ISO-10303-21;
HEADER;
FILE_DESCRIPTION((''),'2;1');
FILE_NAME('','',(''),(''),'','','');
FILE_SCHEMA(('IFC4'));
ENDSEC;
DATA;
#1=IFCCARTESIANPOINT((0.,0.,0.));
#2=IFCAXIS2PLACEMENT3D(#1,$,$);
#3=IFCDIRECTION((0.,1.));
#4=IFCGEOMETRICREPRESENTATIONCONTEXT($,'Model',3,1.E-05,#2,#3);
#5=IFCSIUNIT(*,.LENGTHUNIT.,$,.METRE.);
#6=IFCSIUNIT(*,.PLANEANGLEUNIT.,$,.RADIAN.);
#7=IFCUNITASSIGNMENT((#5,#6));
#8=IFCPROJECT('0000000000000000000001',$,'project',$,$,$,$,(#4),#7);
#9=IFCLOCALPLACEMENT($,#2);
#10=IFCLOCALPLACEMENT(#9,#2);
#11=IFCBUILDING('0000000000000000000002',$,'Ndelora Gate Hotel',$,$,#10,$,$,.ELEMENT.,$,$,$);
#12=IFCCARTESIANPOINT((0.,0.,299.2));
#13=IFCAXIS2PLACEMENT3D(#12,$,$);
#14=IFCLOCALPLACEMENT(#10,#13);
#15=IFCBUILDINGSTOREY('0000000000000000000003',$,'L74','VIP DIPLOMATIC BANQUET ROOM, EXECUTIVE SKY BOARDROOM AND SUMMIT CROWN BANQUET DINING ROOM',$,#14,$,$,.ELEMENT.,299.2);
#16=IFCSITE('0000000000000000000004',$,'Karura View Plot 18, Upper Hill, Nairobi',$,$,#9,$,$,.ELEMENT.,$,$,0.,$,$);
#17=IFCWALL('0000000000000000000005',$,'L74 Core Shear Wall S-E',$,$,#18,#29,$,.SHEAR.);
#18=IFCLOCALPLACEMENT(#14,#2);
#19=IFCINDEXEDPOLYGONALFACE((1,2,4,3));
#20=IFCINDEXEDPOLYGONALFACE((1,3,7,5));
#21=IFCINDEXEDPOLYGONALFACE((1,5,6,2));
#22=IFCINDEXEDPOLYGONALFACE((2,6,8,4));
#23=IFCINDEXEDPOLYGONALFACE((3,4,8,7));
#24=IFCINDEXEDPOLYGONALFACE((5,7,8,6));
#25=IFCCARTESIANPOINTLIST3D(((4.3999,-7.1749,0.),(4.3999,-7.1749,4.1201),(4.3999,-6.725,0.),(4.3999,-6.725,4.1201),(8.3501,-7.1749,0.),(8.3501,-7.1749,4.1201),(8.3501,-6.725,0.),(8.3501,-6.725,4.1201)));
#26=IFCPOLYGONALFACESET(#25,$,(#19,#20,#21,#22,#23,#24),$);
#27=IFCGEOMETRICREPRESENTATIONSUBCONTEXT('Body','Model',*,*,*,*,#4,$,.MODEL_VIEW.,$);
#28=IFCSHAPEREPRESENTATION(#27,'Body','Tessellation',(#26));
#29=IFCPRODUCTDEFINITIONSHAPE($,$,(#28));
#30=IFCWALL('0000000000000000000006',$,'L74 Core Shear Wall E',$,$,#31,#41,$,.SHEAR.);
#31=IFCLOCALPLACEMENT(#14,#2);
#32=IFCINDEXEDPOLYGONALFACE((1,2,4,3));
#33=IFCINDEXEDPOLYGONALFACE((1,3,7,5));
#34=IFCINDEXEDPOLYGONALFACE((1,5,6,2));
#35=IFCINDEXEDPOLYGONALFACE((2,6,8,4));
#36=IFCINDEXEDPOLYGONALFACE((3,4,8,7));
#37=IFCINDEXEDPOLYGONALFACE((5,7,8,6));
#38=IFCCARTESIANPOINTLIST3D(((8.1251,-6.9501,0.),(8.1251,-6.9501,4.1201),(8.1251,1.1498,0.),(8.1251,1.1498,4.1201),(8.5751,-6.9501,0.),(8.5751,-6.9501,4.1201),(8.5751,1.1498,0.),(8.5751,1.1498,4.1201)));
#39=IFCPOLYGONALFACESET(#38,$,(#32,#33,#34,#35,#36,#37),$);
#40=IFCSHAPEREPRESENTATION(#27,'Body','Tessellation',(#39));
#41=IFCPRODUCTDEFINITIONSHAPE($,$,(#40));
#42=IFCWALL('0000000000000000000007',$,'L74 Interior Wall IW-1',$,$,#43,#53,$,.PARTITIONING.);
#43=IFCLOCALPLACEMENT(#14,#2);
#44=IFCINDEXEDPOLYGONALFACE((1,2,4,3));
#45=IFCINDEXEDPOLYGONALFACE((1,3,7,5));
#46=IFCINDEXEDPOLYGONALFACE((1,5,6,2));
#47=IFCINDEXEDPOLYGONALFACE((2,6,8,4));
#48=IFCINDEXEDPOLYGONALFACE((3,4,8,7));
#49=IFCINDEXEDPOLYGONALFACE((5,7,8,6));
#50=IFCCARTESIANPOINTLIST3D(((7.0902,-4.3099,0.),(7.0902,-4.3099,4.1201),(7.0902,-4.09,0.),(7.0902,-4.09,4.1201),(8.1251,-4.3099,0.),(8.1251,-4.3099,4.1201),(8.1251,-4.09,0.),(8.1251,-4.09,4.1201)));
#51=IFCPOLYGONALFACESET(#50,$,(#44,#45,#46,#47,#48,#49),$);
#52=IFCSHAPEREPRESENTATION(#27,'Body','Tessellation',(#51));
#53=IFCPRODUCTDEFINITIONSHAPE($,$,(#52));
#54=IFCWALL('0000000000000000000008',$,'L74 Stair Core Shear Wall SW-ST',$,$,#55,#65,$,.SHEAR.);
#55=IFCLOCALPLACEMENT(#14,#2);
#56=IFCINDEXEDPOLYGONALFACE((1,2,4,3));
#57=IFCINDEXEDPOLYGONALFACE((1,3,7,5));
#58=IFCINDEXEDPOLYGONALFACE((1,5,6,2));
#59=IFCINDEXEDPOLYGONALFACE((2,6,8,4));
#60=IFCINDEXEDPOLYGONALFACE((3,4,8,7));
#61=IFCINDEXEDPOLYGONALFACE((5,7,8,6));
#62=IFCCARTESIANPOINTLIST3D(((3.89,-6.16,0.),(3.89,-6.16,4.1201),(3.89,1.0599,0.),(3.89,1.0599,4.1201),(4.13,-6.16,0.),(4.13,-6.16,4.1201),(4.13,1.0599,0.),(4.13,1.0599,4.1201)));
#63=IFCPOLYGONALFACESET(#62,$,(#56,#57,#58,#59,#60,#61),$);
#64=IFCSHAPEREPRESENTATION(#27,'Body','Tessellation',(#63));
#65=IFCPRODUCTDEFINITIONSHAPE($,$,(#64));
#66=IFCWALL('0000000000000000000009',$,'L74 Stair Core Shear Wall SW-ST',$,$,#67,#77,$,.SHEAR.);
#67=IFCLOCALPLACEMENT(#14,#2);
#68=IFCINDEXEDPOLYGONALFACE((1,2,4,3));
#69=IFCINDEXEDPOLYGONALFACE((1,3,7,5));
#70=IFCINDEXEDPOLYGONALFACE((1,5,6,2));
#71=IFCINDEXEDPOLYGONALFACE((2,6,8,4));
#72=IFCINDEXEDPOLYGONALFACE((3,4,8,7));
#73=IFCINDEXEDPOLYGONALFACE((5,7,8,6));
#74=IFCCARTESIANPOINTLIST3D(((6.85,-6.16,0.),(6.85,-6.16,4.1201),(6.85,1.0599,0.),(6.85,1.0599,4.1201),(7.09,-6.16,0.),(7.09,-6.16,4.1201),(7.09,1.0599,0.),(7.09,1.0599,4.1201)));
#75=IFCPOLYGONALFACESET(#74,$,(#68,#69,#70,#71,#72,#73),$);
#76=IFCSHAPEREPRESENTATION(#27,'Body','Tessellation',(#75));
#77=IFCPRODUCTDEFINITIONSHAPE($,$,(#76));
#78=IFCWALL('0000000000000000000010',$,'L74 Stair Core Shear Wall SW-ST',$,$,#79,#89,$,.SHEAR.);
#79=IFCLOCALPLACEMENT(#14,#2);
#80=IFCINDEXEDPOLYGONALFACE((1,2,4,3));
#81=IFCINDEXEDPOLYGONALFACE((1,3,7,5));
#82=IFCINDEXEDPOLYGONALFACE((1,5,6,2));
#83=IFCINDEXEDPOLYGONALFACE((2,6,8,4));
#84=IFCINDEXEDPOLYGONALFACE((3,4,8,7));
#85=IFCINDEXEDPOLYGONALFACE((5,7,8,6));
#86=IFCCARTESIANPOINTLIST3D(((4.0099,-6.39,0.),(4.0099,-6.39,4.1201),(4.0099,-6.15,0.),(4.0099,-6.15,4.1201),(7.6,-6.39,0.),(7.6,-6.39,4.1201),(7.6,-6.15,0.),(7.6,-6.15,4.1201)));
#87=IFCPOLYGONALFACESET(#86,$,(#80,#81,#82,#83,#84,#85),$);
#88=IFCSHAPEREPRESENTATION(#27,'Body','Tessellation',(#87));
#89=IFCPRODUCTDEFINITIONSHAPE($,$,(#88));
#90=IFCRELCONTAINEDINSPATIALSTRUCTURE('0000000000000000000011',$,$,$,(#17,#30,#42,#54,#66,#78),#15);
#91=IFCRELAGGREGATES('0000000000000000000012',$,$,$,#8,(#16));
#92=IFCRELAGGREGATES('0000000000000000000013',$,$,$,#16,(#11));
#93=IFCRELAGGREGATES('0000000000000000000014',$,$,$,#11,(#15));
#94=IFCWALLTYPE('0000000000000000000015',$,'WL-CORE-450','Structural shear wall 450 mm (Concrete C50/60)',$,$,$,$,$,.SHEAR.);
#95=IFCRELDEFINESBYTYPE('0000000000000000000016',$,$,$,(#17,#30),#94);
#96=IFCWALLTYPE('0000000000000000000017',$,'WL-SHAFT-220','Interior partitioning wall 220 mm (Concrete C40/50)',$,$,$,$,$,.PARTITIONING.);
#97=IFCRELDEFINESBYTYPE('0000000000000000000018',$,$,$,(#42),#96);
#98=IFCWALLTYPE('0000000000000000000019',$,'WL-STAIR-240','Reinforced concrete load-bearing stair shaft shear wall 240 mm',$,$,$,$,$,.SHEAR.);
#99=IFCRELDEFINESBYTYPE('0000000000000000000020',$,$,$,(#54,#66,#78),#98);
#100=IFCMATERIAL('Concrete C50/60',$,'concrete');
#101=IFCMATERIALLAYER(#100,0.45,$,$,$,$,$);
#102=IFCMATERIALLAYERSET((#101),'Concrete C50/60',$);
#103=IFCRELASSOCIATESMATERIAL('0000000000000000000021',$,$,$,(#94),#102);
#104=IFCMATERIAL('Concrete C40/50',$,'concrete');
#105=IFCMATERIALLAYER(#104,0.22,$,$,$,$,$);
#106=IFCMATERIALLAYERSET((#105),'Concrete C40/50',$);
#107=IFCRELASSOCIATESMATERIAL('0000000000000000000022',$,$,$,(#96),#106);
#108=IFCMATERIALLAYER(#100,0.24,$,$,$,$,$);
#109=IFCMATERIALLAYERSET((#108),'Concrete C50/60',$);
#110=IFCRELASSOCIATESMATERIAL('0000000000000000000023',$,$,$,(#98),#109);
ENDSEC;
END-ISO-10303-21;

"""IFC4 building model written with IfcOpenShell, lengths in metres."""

from ifc_helpers import new_model, si_unit, direction, frame, frame_2d, origin, place, context, subcontext, project, spatial, rectangle, extrude, material, layer, layer_set, type_object, element, save


model = new_model("IFC4")

# Units and contexts
model_context = context("Model", 3, precision=1e-05, world=origin(), true_north=direction((0.0, 1.0)))
body_context = subcontext(model_context, "Body", "Model", "MODEL_VIEW")
ifc_project = project(units=[si_unit("LENGTHUNIT", "METRE"), si_unit("PLANEANGLEUNIT", "RADIAN")], contexts=[model_context])

# Site, building, storey
site_placement = place(None, origin())
site = spatial("IfcSite", under=ifc_project, at=site_placement, Name="Karura View Plot 18, Upper Hill, Nairobi", CompositionType="ELEMENT", RefElevation=0.0)
building_placement = place(site_placement, origin())
building = spatial("IfcBuilding", under=site, at=building_placement, Name="Ndelora Gate Hotel", CompositionType="ELEMENT")
storey_placement = place(building_placement, frame((0.0, 0.0, 299.2)))
storey = spatial("IfcBuildingStorey", under=building, at=storey_placement, Name="L74", Description="VIP DIPLOMATIC BANQUET ROOM, EXECUTIVE SKY BOARDROOM AND SUMMIT CROWN BANQUET DINING ROOM", CompositionType="ELEMENT", Elevation=299.2)

# Shared definitions
ifc_material_1 = material(Name="Concrete C50/60", Category="concrete")

# Walls
ifc_layer_1 = layer(ifc_material_1, 0.45)
ifc_layer_set_1 = layer_set([ifc_layer_1], Name="Concrete C50/60")
wall_type_1 = type_object("IfcWallType", Name="WL-CORE-450", Description="Structural shear wall 450 mm (Concrete C50/60)", PredefinedType="SHEAR", material=ifc_layer_set_1)
wall_1_placement = place(storey_placement, frame((4.3999, -6.95, 0.0), z_axis=(0.0, 0.0, 1.0), x_axis=(1.0, 0.0, 0.0)))
element("IfcWall", 1, at=wall_1_placement, inside=storey, type_object=wall_type_1, Name="L74 Core Shear Wall S-E", PredefinedType="SHEAR", context=body_context, shape_type="SweptSolid", body=[
    extrude(rectangle(XDim=3.9502, YDim=0.45, at=frame_2d((1.9751, 0.0))), origin(), (0.0, 0.0, 1.0), 4.1201),
])
wall_2_placement = place(storey_placement, frame((8.3501, -6.95, 0.0), z_axis=(0.0, 0.0, 1.0), x_axis=(0.0, 1.0, 0.0)))
element("IfcWall", 2, at=wall_2_placement, inside=storey, type_object=wall_type_1, Name="L74 Core Shear Wall E", PredefinedType="SHEAR", context=body_context, shape_type="SweptSolid", body=[
    extrude(rectangle(XDim=8.0999, YDim=0.45, at=frame_2d((4.0498, 0.0))), origin(), (0.0, 0.0, 1.0), 4.1201),
])
ifc_material_2 = material(Name="Concrete C40/50", Category="concrete")
ifc_layer_2 = layer(ifc_material_2, 0.22)
ifc_layer_set_2 = layer_set([ifc_layer_2], Name="Concrete C40/50")
wall_type_2 = type_object("IfcWallType", Name="WL-SHAFT-220", Description="Interior partitioning wall 220 mm (Concrete C40/50)", PredefinedType="PARTITIONING", material=ifc_layer_set_2)
wall_3_placement = place(storey_placement, frame((7.0901, -4.2, 0.0), z_axis=(0.0, 0.0, 1.0), x_axis=(1.0, 0.0, 0.0)))
element("IfcWall", 3, at=wall_3_placement, inside=storey, type_object=wall_type_2, Name="L74 Interior Wall IW-1", PredefinedType="PARTITIONING", context=body_context, shape_type="SweptSolid", body=[
    extrude(rectangle(XDim=1.0349, YDim=0.22, at=frame_2d((0.5176, 0.0))), origin(), (0.0, 0.0, 1.0), 4.1201),
])
ifc_layer_3 = layer(ifc_material_1, 0.24)
ifc_layer_set_3 = layer_set([ifc_layer_3], Name="Concrete C50/60")
wall_type_3 = type_object("IfcWallType", Name="WL-STAIR-240", Description="Reinforced concrete load-bearing stair shaft shear wall 240 mm", PredefinedType="SHEAR", material=ifc_layer_set_3)
for number, where, z_axis, x_axis, name in (
    (4, (4.01, -6.1599, 0.0), (0.0, 0.0, 1.0), (0.0, 1.0, 0.0), "L74 Stair Core Shear Wall SW-ST"),
    (5, (6.97, -6.1599, 0.0), (0.0, 0.0, 1.0), (0.0, 1.0, 0.0), "L74 Stair Core Shear Wall SW-ST"),
):
    element("IfcWall", number, at=place(storey_placement, frame(where, z_axis=z_axis, x_axis=x_axis)), inside=storey, type_object=wall_type_3, Name=name, PredefinedType="SHEAR", context=body_context, shape_type="SweptSolid", body=[
        extrude(rectangle(XDim=7.22, YDim=0.24, at=frame_2d((3.6099, 0.0))), origin(), (0.0, 0.0, 1.0), 4.1201),
    ])
wall_4_placement = place(storey_placement, frame((4.01, -6.27, 0.0), z_axis=(0.0, 0.0, 1.0), x_axis=(1.0, 0.0, 0.0)))
element("IfcWall", 6, at=wall_4_placement, inside=storey, type_object=wall_type_3, Name="L74 Stair Core Shear Wall SW-ST", PredefinedType="SHEAR", context=body_context, shape_type="SweptSolid", body=[
    extrude(rectangle(XDim=3.5901, YDim=0.24, at=frame_2d((1.7949, 0.0))), origin(), (0.0, 0.0, 1.0), 4.1201),
])

save(model, "model.ifc")
